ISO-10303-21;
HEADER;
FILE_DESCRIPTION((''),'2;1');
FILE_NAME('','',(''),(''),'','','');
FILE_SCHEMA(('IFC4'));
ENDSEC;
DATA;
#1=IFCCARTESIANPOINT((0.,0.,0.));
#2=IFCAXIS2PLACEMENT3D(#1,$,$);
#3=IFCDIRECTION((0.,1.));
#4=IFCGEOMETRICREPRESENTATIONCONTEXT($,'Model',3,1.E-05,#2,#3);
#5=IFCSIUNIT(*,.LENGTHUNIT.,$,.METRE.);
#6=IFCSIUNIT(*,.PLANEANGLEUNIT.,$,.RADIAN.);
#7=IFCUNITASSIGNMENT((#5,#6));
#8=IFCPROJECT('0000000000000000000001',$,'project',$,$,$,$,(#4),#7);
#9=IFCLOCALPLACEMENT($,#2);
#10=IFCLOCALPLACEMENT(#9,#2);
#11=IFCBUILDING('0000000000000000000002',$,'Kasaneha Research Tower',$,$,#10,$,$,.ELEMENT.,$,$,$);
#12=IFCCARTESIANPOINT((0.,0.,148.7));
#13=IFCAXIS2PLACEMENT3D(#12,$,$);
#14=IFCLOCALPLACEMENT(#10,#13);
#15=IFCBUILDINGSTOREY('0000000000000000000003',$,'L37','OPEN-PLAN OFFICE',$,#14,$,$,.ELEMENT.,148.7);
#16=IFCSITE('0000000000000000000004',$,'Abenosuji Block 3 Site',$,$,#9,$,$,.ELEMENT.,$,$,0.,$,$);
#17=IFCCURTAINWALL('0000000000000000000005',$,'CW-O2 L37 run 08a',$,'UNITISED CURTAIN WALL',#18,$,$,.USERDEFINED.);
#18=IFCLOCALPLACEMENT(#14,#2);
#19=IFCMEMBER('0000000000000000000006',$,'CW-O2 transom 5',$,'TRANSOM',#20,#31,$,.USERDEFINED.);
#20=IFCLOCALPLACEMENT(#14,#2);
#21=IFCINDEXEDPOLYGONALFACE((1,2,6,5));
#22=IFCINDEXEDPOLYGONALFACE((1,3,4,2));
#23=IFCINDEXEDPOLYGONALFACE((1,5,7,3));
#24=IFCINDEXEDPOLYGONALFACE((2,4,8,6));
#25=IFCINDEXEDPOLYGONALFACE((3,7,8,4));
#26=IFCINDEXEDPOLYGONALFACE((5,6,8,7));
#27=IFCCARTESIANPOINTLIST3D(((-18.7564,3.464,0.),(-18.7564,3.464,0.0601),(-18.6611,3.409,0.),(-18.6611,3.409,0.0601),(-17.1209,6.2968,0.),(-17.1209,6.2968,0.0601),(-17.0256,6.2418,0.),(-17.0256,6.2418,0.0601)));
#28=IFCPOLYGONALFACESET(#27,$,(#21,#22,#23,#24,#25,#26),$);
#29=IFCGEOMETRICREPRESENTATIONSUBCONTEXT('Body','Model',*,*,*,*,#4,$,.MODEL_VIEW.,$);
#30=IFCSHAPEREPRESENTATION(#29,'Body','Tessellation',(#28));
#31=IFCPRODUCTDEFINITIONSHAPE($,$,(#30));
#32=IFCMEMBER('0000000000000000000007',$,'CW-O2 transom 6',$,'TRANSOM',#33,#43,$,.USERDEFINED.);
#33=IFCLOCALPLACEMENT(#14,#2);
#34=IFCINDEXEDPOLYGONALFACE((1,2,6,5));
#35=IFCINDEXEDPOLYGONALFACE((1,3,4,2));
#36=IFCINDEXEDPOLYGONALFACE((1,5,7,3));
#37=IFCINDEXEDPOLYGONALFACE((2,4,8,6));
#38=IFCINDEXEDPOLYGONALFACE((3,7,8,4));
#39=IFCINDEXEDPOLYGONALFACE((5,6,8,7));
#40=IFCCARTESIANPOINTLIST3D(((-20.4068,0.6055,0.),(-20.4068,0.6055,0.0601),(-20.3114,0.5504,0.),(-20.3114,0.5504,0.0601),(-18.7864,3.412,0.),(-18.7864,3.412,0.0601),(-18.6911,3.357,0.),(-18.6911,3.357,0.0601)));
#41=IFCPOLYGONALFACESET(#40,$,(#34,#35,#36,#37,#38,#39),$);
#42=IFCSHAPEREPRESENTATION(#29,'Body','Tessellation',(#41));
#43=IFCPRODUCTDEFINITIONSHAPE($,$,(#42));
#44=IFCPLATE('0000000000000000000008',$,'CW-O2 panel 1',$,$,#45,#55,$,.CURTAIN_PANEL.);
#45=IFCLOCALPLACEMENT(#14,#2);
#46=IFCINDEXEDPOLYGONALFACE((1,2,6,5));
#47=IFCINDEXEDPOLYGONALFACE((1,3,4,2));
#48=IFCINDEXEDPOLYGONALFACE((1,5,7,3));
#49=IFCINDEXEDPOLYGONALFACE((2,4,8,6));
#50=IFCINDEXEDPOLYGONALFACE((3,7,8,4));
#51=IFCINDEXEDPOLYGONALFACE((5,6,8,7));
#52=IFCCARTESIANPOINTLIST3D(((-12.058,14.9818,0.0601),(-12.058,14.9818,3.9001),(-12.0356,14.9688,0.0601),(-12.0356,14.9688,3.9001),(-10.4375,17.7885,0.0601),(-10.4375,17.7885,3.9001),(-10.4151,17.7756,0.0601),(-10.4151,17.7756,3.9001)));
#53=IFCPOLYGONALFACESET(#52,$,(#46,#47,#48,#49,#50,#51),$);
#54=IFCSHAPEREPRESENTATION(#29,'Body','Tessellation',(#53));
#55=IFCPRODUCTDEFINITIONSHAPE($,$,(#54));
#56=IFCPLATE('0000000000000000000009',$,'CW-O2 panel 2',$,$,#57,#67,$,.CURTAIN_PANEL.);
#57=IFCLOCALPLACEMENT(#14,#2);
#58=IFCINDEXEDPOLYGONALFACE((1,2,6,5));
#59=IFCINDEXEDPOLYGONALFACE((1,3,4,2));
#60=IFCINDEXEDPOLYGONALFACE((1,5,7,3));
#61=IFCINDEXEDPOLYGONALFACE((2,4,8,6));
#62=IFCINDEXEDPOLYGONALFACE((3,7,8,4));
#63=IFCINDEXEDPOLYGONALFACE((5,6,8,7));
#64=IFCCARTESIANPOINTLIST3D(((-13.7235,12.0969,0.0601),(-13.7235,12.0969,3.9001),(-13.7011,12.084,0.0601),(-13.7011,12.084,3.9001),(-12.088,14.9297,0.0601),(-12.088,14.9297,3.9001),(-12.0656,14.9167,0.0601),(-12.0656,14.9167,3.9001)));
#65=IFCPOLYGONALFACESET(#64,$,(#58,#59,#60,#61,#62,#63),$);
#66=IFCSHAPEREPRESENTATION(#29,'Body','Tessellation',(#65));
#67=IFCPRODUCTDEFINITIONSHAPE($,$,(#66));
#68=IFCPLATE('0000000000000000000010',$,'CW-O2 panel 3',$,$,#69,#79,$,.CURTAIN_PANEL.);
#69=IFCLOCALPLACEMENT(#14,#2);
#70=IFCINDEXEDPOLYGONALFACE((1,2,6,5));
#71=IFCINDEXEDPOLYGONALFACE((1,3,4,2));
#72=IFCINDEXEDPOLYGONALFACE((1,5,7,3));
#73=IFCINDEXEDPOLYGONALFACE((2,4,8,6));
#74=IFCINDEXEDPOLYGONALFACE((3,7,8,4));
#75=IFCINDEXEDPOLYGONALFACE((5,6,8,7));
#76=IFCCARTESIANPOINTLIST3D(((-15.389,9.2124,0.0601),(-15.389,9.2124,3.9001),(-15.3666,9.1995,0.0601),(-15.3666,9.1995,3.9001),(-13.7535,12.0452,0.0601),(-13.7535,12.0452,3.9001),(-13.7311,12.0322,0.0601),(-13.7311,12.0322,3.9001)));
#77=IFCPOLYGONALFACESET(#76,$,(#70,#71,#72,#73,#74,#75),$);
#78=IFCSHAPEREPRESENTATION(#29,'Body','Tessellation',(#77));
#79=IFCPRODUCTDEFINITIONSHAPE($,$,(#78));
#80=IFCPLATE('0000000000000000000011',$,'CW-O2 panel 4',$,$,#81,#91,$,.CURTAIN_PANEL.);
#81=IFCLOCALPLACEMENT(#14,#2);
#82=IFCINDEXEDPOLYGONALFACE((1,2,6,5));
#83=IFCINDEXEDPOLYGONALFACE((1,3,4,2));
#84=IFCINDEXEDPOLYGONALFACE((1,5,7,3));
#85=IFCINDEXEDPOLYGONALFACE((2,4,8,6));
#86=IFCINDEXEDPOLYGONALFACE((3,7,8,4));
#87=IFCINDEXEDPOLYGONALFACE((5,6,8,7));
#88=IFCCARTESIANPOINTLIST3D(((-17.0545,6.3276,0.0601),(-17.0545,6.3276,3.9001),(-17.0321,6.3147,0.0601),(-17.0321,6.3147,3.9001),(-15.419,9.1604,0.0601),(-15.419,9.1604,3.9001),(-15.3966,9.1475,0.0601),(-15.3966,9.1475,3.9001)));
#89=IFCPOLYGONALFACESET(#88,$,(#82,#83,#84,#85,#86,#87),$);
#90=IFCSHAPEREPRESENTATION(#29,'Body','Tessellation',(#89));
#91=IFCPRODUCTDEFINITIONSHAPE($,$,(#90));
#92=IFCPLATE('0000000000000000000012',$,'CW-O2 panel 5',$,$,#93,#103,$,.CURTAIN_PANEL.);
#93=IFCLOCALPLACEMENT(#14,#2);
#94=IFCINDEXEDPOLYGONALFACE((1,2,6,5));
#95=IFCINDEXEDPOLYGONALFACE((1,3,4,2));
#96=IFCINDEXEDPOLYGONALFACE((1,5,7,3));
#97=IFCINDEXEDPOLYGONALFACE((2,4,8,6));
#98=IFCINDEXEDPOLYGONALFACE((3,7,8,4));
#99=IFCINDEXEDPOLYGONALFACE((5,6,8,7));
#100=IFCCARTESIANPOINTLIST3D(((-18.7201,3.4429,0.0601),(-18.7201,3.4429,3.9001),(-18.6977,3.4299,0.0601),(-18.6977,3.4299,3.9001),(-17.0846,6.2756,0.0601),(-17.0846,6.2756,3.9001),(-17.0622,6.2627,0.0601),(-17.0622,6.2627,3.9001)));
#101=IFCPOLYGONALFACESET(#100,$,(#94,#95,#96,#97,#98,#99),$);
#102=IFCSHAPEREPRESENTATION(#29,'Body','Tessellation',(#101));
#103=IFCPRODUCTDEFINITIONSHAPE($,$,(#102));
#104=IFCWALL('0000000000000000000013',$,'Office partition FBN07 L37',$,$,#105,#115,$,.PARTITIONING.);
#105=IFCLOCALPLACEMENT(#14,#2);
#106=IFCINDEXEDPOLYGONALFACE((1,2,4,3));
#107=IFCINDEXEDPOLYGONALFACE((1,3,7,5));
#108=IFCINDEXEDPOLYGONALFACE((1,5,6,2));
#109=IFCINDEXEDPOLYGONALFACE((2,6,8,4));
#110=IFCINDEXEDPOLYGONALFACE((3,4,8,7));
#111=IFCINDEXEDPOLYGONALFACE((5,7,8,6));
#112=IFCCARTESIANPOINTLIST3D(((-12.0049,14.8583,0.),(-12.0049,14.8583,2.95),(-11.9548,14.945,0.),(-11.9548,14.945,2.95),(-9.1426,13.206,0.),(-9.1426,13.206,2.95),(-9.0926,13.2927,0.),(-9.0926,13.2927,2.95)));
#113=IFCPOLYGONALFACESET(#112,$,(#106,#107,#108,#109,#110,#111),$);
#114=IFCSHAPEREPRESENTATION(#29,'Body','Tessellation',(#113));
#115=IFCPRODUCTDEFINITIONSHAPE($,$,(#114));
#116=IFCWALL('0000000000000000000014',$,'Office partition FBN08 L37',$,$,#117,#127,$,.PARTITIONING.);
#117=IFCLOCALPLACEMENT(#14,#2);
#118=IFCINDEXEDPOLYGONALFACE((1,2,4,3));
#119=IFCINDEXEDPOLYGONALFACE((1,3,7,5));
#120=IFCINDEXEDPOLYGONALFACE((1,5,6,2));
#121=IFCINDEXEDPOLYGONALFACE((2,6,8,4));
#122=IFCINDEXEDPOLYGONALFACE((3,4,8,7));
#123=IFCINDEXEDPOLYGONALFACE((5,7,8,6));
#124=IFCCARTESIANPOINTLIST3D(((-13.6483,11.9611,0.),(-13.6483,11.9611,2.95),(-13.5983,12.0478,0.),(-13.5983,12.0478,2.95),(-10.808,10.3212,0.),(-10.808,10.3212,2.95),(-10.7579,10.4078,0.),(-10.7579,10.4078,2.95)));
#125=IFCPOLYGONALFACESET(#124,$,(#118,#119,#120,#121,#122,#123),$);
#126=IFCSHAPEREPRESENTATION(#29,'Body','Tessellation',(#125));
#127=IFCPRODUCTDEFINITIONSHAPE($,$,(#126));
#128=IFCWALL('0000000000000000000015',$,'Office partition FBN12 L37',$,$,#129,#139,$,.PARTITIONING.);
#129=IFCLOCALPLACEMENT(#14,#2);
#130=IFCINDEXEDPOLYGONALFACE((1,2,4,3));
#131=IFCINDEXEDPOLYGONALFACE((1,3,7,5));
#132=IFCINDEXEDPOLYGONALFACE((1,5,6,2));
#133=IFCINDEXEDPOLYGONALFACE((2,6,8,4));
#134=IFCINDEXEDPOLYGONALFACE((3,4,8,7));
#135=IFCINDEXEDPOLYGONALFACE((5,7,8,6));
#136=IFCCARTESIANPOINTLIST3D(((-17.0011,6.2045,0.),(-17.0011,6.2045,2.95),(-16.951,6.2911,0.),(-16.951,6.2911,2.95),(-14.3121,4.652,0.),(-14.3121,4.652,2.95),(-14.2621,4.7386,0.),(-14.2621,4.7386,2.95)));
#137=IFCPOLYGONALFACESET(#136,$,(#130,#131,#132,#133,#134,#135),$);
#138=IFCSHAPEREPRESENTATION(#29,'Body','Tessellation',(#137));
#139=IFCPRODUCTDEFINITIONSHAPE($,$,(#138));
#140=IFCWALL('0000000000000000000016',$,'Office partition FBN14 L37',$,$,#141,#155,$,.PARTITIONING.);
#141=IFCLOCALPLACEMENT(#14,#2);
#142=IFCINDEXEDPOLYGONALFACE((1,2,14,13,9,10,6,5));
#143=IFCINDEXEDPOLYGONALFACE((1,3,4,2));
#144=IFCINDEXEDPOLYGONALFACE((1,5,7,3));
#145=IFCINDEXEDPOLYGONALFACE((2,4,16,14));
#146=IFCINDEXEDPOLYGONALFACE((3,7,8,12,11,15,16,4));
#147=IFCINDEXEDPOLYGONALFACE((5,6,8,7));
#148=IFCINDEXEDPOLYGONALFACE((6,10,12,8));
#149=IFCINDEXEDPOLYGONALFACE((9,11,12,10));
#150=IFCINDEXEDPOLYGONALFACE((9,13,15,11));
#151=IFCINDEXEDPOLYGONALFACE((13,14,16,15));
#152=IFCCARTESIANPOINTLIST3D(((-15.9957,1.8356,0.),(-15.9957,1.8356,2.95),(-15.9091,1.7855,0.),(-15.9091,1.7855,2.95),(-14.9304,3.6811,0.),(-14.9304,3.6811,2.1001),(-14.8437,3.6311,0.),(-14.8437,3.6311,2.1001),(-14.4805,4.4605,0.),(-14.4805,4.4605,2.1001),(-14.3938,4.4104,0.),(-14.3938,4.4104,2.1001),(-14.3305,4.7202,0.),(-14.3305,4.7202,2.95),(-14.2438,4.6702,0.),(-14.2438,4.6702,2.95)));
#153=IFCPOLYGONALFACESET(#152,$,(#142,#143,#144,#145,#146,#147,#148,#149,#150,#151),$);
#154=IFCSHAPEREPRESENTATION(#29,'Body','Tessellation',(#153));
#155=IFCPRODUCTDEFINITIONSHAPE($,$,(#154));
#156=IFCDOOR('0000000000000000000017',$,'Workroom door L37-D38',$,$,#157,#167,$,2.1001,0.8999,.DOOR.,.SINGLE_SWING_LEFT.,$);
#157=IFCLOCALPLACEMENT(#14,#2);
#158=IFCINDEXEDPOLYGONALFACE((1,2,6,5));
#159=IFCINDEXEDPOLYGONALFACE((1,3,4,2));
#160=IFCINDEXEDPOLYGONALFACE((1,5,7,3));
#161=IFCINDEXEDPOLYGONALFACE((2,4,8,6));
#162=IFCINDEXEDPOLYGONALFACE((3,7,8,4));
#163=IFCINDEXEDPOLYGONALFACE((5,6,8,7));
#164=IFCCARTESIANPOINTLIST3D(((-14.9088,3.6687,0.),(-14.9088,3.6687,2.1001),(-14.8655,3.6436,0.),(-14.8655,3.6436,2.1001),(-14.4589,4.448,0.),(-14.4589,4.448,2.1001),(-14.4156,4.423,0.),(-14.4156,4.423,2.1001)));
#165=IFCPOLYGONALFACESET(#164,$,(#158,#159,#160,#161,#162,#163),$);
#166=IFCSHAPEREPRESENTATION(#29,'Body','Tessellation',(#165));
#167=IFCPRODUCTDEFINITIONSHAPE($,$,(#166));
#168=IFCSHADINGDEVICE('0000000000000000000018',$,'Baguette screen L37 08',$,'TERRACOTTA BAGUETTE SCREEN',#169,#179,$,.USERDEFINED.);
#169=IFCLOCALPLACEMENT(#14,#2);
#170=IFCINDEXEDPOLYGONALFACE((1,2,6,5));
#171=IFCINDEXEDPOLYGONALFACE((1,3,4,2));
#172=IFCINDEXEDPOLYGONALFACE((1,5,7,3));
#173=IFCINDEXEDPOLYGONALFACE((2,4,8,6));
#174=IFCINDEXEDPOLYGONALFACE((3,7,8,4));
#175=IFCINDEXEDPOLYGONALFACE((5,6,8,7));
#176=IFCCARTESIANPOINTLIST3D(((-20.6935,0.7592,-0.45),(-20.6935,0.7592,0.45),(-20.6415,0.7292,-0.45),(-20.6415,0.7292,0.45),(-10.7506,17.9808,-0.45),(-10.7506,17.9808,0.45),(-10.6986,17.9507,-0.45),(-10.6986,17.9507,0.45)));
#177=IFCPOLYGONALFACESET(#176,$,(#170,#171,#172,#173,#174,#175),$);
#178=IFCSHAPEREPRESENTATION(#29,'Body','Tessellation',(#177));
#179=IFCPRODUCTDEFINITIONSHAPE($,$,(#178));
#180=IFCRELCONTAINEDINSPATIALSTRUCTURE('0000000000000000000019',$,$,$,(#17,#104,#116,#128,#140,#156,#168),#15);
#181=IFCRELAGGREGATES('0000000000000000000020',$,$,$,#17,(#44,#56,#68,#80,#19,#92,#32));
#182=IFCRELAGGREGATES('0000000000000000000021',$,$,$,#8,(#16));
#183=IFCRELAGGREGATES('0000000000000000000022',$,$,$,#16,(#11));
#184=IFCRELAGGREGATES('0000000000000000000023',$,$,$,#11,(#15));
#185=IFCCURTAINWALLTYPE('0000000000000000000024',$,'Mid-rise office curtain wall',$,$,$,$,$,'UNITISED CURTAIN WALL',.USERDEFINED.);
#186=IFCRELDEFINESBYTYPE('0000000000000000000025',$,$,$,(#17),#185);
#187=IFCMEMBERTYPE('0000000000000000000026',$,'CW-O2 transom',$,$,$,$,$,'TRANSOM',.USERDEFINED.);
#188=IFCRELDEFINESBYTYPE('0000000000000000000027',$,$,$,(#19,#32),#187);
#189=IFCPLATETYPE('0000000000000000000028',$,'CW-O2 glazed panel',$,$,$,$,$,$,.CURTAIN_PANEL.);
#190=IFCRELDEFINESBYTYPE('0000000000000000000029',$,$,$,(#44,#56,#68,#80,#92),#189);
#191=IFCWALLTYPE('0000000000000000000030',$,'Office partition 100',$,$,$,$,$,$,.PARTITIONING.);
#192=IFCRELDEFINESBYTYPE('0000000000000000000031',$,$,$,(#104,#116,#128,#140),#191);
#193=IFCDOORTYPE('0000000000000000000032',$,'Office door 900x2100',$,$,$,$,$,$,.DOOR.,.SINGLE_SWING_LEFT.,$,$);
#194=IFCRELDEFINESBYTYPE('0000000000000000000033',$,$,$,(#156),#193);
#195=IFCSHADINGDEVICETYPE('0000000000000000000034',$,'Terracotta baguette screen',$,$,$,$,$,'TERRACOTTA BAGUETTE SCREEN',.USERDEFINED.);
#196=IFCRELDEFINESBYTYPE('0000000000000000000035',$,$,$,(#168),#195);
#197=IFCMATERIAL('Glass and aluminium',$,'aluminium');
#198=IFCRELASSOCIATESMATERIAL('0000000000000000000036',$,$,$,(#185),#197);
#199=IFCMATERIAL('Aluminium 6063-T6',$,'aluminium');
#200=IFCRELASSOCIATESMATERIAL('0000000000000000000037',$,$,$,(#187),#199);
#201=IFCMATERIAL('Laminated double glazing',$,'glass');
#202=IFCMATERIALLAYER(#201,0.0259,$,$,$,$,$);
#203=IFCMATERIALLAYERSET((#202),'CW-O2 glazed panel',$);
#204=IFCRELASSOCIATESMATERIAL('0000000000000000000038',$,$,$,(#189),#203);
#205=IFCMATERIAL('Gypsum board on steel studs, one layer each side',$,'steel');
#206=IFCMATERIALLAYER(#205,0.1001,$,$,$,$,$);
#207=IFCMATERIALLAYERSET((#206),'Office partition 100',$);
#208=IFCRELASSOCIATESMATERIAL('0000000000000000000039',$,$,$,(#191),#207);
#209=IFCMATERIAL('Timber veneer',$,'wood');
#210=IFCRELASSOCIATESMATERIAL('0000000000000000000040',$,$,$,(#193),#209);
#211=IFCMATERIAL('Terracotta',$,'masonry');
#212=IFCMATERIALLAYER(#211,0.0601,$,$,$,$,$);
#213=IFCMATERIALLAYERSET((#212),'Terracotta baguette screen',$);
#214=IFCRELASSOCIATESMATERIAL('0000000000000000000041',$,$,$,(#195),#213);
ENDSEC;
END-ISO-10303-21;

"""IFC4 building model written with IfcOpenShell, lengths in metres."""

from ifc_helpers import new_model, si_unit, direction, frame, frame_2d, origin, origin_2d, place, context, subcontext, project, spatial, rectangle, extrude, material, layer, layer_set, material_profile, profile_set, type_object, element, fill, aggregate, save


model = new_model("IFC4")

# Units and contexts
model_context = context("Model", 3, precision=1e-05, world=origin(), true_north=direction((0.0, 1.0)))
body_context = subcontext(model_context, "Body", "Model", "MODEL_VIEW")
ifc_project = project(units=[si_unit("LENGTHUNIT", "METRE"), si_unit("PLANEANGLEUNIT", "RADIAN")], contexts=[model_context])

# Site, building, storey
site_placement = place(None, origin())
site = spatial("IfcSite", under=ifc_project, at=site_placement, Name="Abenosuji Block 3 Site", CompositionType="ELEMENT", RefElevation=0.0)
building_placement = place(site_placement, origin())
building = spatial("IfcBuilding", under=site, at=building_placement, Name="Kasaneha Research Tower", CompositionType="ELEMENT")
storey_placement = place(building_placement, frame((0.0, 0.0, 148.7)))
storey = spatial("IfcBuildingStorey", under=building, at=storey_placement, Name="L37", Description="OPEN-PLAN OFFICE", CompositionType="ELEMENT", Elevation=148.7)

# Shared definitions
ifc_material_1 = material(Name="Glass and aluminium", Category="aluminium")
curtain_wall_type = type_object("IfcCurtainWallType", Name="Mid-rise office curtain wall", ElementType="UNITISED CURTAIN WALL", PredefinedType="USERDEFINED", material=ifc_material_1)

# Curtain wall, members, plates
curtain_wall_1_placement = place(storey_placement, origin())
curtain_wall_1 = element("IfcCurtainWall", 1, at=curtain_wall_1_placement, inside=storey, type_object=curtain_wall_type, Name="CW-O2 L37 run 08a", ObjectType="UNITISED CURTAIN WALL", PredefinedType="USERDEFINED")
ifc_material_2 = material(Name="Aluminium 6063-T6", Category="aluminium")
ifc_material_profile_1 = material_profile(ifc_material_2, rectangle(XDim=0.1101, YDim=0.0601, at=origin_2d()), Name="CW-O2 transom 110x60")
ifc_profile_set_1 = profile_set([ifc_material_profile_1], Name="Aluminium 6063-T6")
member_type_1 = type_object("IfcMemberType", Name="CW-O2 transom", ElementType="TRANSOM", PredefinedType="USERDEFINED", material=ifc_profile_set_1)
member_1_placement = place(storey_placement, frame((-17.0732, 6.2693, 0.03), z_axis=(-0.5, -0.866025, 0.0), x_axis=(0.866025, -0.5, 0.0)))
member_1 = element("IfcMember", 2, at=member_1_placement, type_object=member_type_1, Name="CW-O2 transom 5", ObjectType="TRANSOM", PredefinedType="USERDEFINED", context=body_context, shape_type="SweptSolid", body=[
    extrude(rectangle(XDim=0.1101, YDim=0.0601, at=origin_2d()), origin(), (0.0, 0.0, 1.0), 3.271),
])
member_2_placement = place(storey_placement, frame((-18.7388, 3.3845, 0.03), z_axis=(-0.499988, -0.866033, 0.0), x_axis=(0.866033, -0.499988, 0.0)))
member_2 = element("IfcMember", 3, at=member_2_placement, type_object=member_type_1, Name="CW-O2 transom 6", ObjectType="TRANSOM", PredefinedType="USERDEFINED", context=body_context, shape_type="SweptSolid", body=[
    extrude(rectangle(XDim=0.1101, YDim=0.0601, at=origin_2d()), origin(), (0.0, 0.0, 1.0), 3.2407),
])
ifc_material_3 = material(Name="Laminated double glazing", Category="glass")
ifc_layer_1 = layer(ifc_material_3, 0.0259)
ifc_layer_set_1 = layer_set([ifc_layer_1], Name="CW-O2 glazed panel")
plate_type = type_object("IfcPlateType", Name="CW-O2 glazed panel", PredefinedType="CURTAIN_PANEL", material=ifc_layer_set_1)
plate_1_placement = place(storey_placement, frame((-11.2366, 16.3787, 0.0601), z_axis=(0.0, 0.0, 1.0), x_axis=(-0.5, -0.866025, 0.0)))
plate_1 = element("IfcPlate", 4, at=plate_1_placement, type_object=plate_type, Name="CW-O2 panel 1", PredefinedType="CURTAIN_PANEL", context=body_context, shape_type="SweptSolid", body=[
    extrude(rectangle(XDim=3.241, YDim=0.0259, at=origin_2d()), origin(), (0.0, 0.0, 1.0), 3.8401),
])
plate_2_placement = place(storey_placement, frame((-12.8945, 13.5068, 0.0601), z_axis=(0.0, 0.0, 1.0), x_axis=(-0.5, -0.866025, 0.0)))
plate_2 = element("IfcPlate", 5, at=plate_2_placement, type_object=plate_type, Name="CW-O2 panel 2", PredefinedType="CURTAIN_PANEL", context=body_context, shape_type="SweptSolid", body=[
    extrude(rectangle(XDim=3.271, YDim=0.0259, at=origin_2d()), origin(), (0.0, 0.0, 1.0), 3.8401),
])
plate_3_placement = place(storey_placement, frame((-14.5601, 10.6223, 0.0601), z_axis=(0.0, 0.0, 1.0), x_axis=(-0.5, -0.866025, 0.0)))
plate_3 = element("IfcPlate", 6, at=plate_3_placement, type_object=plate_type, Name="CW-O2 panel 3", PredefinedType="CURTAIN_PANEL", context=body_context, shape_type="SweptSolid", body=[
    extrude(rectangle(XDim=3.271, YDim=0.0259, at=origin_2d()), origin(), (0.0, 0.0, 1.0), 3.8401),
])
plate_4_placement = place(storey_placement, frame((-16.2256, 7.7375, 0.0601), z_axis=(0.0, 0.0, 1.0), x_axis=(-0.5, -0.866025, 0.0)))
plate_4 = element("IfcPlate", 7, at=plate_4_placement, type_object=plate_type, Name="CW-O2 panel 4", PredefinedType="CURTAIN_PANEL", context=body_context, shape_type="SweptSolid", body=[
    extrude(rectangle(XDim=3.271, YDim=0.0259, at=origin_2d()), origin(), (0.0, 0.0, 1.0), 3.8401),
])
plate_5_placement = place(storey_placement, frame((-17.8911, 4.8528, 0.0601), z_axis=(0.0, 0.0, 1.0), x_axis=(-0.5, -0.866025, 0.0)))
plate_5 = element("IfcPlate", 8, at=plate_5_placement, type_object=plate_type, Name="CW-O2 panel 5", PredefinedType="CURTAIN_PANEL", context=body_context, shape_type="SweptSolid", body=[
    extrude(rectangle(XDim=3.271, YDim=0.0259, at=origin_2d()), origin(), (0.0, 0.0, 1.0), 3.8401),
])
aggregate(curtain_wall_1, [plate_1, plate_2, plate_3, plate_4, member_1, plate_5, member_2])

# Walls
ifc_material_4 = material(Name="Gypsum board on steel studs, one layer each side", Category="steel")
ifc_layer_2 = layer(ifc_material_4, 0.1001)
ifc_layer_set_2 = layer_set([ifc_layer_2], Name="Office partition 100")
wall_type = type_object("IfcWallType", Name="Office partition 100", PredefinedType="PARTITIONING", material=ifc_layer_set_2)
wall_1_placement = place(storey_placement, frame((-11.9797, 14.9016, 0.0), z_axis=(0.0, 0.0, 1.0), x_axis=(0.866053, -0.499953, 0.0)))
element("IfcWall", 9, at=wall_1_placement, inside=storey, type_object=wall_type, Name="Office partition FBN07 L37", PredefinedType="PARTITIONING", context=body_context, shape_type="SweptSolid", body=[
    extrude(rectangle(XDim=3.3049, YDim=0.1001, at=frame_2d((1.6523, 0.0))), origin(), (0.0, 0.0, 1.0), 2.95),
])
wall_2_placement = place(storey_placement, frame((-10.783, 10.3645, 0.0), z_axis=(0.0, 0.0, 1.0), x_axis=(-0.866022, 0.500006, 0.0)))
element("IfcWall", 10, at=wall_2_placement, inside=storey, type_object=wall_type, Name="Office partition FBN08 L37", PredefinedType="PARTITIONING", context=body_context, shape_type="SweptSolid", body=[
    extrude(rectangle(XDim=3.2798, YDim=0.1001, at=frame_2d((1.6399, 0.0))), origin(), (0.0, 0.0, 1.0), 2.95),
])
wall_3_placement = place(storey_placement, frame((-16.9761, 6.2478, 0.0), z_axis=(0.0, 0.0, 1.0), x_axis=(0.866023, -0.500004, 0.0)))
element("IfcWall", 11, at=wall_3_placement, inside=storey, type_object=wall_type, Name="Office partition FBN12 L37", PredefinedType="PARTITIONING", context=body_context, shape_type="SweptSolid", body=[
    extrude(rectangle(XDim=3.105, YDim=0.1001, at=frame_2d((1.5525, 0.0))), origin(), (0.0, 0.0, 1.0), 2.95),
])

# Wall, opening, door
wall_4_placement = place(storey_placement, frame((-14.2871, 4.6953, 0.0), z_axis=(0.0, 0.0, 1.0), x_axis=(-0.499947, -0.866056, 0.0)))
wall_4 = element("IfcWall", 12, at=wall_4_placement, inside=storey, type_object=wall_type, Name="Office partition FBN14 L37", PredefinedType="PARTITIONING", context=body_context, shape_type="SweptSolid", body=[
    extrude(rectangle(XDim=3.3308, YDim=0.1001, at=frame_2d((1.6655, 0.0))), origin(), (0.0, 0.0, 1.0), 2.95),
])
opening_placement = place(wall_4_placement, frame((0.3, 0.0, 0.0)))
opening = element("IfcOpeningElement", 13, at=opening_placement, cuts=wall_4, PredefinedType="OPENING", context=body_context, shape_type="SweptSolid", body=[
    extrude(rectangle(XDim=0.8999, YDim=2.1001, at=frame_2d((0.45, 1.05))), frame((0.0, 0.0601, 0.0), z_axis=(0.0, -1.0, 0.0), x_axis=(1.0, 0.0, 0.0)), (0.0, 0.0, 1.0), 0.1201),
])
ifc_material_5 = material(Name="Timber veneer", Category="wood")
door_type = type_object("IfcDoorType", Name="Office door 900x2100", OperationType="SINGLE_SWING_LEFT", PredefinedType="DOOR", material=ifc_material_5)
door_placement = place(opening_placement, origin())
door = element("IfcDoor", 14, at=door_placement, inside=storey, type_object=door_type, Name="Workroom door L37-D38", OperationType="SINGLE_SWING_LEFT", OverallHeight=2.1001, OverallWidth=0.8999, PredefinedType="DOOR", context=body_context, shape_type="SweptSolid", body=[
    extrude(rectangle(XDim=0.8999, YDim=2.1001, at=frame_2d((0.45, 1.05))), frame((0.0, 0.0249, 0.0), z_axis=(0.0, -1.0, 0.0), x_axis=(1.0, 0.0, 0.0)), (0.0, 0.0, 1.0), 0.05),
])
fill(opening, door)

# Shading device
ifc_material_6 = material(Name="Terracotta", Category="masonry")
ifc_layer_3 = layer(ifc_material_6, 0.0601)
ifc_layer_set_3 = layer_set([ifc_layer_3], Name="Terracotta baguette screen")
shading_device_type = type_object("IfcShadingDeviceType", Name="Terracotta baguette screen", ElementType="TERRACOTTA BAGUETTE SCREEN", PredefinedType="USERDEFINED", material=ifc_layer_set_3)
shading_device_placement = place(storey_placement, frame((-15.696, 9.355, -0.45), z_axis=(0.0, 0.0, 1.0), x_axis=(-0.5, -0.866025, 0.0)))
element("IfcShadingDevice", 15, at=shading_device_placement, inside=storey, type_object=shading_device_type, Name="Baguette screen L37 08", ObjectType="TERRACOTTA BAGUETTE SCREEN", PredefinedType="USERDEFINED", context=body_context, shape_type="SweptSolid", body=[
    extrude(rectangle(XDim=19.8857, YDim=0.0601, at=origin_2d()), origin(), (0.0, 0.0, 1.0), 0.8999),
])

save(model, "model.ifc")
